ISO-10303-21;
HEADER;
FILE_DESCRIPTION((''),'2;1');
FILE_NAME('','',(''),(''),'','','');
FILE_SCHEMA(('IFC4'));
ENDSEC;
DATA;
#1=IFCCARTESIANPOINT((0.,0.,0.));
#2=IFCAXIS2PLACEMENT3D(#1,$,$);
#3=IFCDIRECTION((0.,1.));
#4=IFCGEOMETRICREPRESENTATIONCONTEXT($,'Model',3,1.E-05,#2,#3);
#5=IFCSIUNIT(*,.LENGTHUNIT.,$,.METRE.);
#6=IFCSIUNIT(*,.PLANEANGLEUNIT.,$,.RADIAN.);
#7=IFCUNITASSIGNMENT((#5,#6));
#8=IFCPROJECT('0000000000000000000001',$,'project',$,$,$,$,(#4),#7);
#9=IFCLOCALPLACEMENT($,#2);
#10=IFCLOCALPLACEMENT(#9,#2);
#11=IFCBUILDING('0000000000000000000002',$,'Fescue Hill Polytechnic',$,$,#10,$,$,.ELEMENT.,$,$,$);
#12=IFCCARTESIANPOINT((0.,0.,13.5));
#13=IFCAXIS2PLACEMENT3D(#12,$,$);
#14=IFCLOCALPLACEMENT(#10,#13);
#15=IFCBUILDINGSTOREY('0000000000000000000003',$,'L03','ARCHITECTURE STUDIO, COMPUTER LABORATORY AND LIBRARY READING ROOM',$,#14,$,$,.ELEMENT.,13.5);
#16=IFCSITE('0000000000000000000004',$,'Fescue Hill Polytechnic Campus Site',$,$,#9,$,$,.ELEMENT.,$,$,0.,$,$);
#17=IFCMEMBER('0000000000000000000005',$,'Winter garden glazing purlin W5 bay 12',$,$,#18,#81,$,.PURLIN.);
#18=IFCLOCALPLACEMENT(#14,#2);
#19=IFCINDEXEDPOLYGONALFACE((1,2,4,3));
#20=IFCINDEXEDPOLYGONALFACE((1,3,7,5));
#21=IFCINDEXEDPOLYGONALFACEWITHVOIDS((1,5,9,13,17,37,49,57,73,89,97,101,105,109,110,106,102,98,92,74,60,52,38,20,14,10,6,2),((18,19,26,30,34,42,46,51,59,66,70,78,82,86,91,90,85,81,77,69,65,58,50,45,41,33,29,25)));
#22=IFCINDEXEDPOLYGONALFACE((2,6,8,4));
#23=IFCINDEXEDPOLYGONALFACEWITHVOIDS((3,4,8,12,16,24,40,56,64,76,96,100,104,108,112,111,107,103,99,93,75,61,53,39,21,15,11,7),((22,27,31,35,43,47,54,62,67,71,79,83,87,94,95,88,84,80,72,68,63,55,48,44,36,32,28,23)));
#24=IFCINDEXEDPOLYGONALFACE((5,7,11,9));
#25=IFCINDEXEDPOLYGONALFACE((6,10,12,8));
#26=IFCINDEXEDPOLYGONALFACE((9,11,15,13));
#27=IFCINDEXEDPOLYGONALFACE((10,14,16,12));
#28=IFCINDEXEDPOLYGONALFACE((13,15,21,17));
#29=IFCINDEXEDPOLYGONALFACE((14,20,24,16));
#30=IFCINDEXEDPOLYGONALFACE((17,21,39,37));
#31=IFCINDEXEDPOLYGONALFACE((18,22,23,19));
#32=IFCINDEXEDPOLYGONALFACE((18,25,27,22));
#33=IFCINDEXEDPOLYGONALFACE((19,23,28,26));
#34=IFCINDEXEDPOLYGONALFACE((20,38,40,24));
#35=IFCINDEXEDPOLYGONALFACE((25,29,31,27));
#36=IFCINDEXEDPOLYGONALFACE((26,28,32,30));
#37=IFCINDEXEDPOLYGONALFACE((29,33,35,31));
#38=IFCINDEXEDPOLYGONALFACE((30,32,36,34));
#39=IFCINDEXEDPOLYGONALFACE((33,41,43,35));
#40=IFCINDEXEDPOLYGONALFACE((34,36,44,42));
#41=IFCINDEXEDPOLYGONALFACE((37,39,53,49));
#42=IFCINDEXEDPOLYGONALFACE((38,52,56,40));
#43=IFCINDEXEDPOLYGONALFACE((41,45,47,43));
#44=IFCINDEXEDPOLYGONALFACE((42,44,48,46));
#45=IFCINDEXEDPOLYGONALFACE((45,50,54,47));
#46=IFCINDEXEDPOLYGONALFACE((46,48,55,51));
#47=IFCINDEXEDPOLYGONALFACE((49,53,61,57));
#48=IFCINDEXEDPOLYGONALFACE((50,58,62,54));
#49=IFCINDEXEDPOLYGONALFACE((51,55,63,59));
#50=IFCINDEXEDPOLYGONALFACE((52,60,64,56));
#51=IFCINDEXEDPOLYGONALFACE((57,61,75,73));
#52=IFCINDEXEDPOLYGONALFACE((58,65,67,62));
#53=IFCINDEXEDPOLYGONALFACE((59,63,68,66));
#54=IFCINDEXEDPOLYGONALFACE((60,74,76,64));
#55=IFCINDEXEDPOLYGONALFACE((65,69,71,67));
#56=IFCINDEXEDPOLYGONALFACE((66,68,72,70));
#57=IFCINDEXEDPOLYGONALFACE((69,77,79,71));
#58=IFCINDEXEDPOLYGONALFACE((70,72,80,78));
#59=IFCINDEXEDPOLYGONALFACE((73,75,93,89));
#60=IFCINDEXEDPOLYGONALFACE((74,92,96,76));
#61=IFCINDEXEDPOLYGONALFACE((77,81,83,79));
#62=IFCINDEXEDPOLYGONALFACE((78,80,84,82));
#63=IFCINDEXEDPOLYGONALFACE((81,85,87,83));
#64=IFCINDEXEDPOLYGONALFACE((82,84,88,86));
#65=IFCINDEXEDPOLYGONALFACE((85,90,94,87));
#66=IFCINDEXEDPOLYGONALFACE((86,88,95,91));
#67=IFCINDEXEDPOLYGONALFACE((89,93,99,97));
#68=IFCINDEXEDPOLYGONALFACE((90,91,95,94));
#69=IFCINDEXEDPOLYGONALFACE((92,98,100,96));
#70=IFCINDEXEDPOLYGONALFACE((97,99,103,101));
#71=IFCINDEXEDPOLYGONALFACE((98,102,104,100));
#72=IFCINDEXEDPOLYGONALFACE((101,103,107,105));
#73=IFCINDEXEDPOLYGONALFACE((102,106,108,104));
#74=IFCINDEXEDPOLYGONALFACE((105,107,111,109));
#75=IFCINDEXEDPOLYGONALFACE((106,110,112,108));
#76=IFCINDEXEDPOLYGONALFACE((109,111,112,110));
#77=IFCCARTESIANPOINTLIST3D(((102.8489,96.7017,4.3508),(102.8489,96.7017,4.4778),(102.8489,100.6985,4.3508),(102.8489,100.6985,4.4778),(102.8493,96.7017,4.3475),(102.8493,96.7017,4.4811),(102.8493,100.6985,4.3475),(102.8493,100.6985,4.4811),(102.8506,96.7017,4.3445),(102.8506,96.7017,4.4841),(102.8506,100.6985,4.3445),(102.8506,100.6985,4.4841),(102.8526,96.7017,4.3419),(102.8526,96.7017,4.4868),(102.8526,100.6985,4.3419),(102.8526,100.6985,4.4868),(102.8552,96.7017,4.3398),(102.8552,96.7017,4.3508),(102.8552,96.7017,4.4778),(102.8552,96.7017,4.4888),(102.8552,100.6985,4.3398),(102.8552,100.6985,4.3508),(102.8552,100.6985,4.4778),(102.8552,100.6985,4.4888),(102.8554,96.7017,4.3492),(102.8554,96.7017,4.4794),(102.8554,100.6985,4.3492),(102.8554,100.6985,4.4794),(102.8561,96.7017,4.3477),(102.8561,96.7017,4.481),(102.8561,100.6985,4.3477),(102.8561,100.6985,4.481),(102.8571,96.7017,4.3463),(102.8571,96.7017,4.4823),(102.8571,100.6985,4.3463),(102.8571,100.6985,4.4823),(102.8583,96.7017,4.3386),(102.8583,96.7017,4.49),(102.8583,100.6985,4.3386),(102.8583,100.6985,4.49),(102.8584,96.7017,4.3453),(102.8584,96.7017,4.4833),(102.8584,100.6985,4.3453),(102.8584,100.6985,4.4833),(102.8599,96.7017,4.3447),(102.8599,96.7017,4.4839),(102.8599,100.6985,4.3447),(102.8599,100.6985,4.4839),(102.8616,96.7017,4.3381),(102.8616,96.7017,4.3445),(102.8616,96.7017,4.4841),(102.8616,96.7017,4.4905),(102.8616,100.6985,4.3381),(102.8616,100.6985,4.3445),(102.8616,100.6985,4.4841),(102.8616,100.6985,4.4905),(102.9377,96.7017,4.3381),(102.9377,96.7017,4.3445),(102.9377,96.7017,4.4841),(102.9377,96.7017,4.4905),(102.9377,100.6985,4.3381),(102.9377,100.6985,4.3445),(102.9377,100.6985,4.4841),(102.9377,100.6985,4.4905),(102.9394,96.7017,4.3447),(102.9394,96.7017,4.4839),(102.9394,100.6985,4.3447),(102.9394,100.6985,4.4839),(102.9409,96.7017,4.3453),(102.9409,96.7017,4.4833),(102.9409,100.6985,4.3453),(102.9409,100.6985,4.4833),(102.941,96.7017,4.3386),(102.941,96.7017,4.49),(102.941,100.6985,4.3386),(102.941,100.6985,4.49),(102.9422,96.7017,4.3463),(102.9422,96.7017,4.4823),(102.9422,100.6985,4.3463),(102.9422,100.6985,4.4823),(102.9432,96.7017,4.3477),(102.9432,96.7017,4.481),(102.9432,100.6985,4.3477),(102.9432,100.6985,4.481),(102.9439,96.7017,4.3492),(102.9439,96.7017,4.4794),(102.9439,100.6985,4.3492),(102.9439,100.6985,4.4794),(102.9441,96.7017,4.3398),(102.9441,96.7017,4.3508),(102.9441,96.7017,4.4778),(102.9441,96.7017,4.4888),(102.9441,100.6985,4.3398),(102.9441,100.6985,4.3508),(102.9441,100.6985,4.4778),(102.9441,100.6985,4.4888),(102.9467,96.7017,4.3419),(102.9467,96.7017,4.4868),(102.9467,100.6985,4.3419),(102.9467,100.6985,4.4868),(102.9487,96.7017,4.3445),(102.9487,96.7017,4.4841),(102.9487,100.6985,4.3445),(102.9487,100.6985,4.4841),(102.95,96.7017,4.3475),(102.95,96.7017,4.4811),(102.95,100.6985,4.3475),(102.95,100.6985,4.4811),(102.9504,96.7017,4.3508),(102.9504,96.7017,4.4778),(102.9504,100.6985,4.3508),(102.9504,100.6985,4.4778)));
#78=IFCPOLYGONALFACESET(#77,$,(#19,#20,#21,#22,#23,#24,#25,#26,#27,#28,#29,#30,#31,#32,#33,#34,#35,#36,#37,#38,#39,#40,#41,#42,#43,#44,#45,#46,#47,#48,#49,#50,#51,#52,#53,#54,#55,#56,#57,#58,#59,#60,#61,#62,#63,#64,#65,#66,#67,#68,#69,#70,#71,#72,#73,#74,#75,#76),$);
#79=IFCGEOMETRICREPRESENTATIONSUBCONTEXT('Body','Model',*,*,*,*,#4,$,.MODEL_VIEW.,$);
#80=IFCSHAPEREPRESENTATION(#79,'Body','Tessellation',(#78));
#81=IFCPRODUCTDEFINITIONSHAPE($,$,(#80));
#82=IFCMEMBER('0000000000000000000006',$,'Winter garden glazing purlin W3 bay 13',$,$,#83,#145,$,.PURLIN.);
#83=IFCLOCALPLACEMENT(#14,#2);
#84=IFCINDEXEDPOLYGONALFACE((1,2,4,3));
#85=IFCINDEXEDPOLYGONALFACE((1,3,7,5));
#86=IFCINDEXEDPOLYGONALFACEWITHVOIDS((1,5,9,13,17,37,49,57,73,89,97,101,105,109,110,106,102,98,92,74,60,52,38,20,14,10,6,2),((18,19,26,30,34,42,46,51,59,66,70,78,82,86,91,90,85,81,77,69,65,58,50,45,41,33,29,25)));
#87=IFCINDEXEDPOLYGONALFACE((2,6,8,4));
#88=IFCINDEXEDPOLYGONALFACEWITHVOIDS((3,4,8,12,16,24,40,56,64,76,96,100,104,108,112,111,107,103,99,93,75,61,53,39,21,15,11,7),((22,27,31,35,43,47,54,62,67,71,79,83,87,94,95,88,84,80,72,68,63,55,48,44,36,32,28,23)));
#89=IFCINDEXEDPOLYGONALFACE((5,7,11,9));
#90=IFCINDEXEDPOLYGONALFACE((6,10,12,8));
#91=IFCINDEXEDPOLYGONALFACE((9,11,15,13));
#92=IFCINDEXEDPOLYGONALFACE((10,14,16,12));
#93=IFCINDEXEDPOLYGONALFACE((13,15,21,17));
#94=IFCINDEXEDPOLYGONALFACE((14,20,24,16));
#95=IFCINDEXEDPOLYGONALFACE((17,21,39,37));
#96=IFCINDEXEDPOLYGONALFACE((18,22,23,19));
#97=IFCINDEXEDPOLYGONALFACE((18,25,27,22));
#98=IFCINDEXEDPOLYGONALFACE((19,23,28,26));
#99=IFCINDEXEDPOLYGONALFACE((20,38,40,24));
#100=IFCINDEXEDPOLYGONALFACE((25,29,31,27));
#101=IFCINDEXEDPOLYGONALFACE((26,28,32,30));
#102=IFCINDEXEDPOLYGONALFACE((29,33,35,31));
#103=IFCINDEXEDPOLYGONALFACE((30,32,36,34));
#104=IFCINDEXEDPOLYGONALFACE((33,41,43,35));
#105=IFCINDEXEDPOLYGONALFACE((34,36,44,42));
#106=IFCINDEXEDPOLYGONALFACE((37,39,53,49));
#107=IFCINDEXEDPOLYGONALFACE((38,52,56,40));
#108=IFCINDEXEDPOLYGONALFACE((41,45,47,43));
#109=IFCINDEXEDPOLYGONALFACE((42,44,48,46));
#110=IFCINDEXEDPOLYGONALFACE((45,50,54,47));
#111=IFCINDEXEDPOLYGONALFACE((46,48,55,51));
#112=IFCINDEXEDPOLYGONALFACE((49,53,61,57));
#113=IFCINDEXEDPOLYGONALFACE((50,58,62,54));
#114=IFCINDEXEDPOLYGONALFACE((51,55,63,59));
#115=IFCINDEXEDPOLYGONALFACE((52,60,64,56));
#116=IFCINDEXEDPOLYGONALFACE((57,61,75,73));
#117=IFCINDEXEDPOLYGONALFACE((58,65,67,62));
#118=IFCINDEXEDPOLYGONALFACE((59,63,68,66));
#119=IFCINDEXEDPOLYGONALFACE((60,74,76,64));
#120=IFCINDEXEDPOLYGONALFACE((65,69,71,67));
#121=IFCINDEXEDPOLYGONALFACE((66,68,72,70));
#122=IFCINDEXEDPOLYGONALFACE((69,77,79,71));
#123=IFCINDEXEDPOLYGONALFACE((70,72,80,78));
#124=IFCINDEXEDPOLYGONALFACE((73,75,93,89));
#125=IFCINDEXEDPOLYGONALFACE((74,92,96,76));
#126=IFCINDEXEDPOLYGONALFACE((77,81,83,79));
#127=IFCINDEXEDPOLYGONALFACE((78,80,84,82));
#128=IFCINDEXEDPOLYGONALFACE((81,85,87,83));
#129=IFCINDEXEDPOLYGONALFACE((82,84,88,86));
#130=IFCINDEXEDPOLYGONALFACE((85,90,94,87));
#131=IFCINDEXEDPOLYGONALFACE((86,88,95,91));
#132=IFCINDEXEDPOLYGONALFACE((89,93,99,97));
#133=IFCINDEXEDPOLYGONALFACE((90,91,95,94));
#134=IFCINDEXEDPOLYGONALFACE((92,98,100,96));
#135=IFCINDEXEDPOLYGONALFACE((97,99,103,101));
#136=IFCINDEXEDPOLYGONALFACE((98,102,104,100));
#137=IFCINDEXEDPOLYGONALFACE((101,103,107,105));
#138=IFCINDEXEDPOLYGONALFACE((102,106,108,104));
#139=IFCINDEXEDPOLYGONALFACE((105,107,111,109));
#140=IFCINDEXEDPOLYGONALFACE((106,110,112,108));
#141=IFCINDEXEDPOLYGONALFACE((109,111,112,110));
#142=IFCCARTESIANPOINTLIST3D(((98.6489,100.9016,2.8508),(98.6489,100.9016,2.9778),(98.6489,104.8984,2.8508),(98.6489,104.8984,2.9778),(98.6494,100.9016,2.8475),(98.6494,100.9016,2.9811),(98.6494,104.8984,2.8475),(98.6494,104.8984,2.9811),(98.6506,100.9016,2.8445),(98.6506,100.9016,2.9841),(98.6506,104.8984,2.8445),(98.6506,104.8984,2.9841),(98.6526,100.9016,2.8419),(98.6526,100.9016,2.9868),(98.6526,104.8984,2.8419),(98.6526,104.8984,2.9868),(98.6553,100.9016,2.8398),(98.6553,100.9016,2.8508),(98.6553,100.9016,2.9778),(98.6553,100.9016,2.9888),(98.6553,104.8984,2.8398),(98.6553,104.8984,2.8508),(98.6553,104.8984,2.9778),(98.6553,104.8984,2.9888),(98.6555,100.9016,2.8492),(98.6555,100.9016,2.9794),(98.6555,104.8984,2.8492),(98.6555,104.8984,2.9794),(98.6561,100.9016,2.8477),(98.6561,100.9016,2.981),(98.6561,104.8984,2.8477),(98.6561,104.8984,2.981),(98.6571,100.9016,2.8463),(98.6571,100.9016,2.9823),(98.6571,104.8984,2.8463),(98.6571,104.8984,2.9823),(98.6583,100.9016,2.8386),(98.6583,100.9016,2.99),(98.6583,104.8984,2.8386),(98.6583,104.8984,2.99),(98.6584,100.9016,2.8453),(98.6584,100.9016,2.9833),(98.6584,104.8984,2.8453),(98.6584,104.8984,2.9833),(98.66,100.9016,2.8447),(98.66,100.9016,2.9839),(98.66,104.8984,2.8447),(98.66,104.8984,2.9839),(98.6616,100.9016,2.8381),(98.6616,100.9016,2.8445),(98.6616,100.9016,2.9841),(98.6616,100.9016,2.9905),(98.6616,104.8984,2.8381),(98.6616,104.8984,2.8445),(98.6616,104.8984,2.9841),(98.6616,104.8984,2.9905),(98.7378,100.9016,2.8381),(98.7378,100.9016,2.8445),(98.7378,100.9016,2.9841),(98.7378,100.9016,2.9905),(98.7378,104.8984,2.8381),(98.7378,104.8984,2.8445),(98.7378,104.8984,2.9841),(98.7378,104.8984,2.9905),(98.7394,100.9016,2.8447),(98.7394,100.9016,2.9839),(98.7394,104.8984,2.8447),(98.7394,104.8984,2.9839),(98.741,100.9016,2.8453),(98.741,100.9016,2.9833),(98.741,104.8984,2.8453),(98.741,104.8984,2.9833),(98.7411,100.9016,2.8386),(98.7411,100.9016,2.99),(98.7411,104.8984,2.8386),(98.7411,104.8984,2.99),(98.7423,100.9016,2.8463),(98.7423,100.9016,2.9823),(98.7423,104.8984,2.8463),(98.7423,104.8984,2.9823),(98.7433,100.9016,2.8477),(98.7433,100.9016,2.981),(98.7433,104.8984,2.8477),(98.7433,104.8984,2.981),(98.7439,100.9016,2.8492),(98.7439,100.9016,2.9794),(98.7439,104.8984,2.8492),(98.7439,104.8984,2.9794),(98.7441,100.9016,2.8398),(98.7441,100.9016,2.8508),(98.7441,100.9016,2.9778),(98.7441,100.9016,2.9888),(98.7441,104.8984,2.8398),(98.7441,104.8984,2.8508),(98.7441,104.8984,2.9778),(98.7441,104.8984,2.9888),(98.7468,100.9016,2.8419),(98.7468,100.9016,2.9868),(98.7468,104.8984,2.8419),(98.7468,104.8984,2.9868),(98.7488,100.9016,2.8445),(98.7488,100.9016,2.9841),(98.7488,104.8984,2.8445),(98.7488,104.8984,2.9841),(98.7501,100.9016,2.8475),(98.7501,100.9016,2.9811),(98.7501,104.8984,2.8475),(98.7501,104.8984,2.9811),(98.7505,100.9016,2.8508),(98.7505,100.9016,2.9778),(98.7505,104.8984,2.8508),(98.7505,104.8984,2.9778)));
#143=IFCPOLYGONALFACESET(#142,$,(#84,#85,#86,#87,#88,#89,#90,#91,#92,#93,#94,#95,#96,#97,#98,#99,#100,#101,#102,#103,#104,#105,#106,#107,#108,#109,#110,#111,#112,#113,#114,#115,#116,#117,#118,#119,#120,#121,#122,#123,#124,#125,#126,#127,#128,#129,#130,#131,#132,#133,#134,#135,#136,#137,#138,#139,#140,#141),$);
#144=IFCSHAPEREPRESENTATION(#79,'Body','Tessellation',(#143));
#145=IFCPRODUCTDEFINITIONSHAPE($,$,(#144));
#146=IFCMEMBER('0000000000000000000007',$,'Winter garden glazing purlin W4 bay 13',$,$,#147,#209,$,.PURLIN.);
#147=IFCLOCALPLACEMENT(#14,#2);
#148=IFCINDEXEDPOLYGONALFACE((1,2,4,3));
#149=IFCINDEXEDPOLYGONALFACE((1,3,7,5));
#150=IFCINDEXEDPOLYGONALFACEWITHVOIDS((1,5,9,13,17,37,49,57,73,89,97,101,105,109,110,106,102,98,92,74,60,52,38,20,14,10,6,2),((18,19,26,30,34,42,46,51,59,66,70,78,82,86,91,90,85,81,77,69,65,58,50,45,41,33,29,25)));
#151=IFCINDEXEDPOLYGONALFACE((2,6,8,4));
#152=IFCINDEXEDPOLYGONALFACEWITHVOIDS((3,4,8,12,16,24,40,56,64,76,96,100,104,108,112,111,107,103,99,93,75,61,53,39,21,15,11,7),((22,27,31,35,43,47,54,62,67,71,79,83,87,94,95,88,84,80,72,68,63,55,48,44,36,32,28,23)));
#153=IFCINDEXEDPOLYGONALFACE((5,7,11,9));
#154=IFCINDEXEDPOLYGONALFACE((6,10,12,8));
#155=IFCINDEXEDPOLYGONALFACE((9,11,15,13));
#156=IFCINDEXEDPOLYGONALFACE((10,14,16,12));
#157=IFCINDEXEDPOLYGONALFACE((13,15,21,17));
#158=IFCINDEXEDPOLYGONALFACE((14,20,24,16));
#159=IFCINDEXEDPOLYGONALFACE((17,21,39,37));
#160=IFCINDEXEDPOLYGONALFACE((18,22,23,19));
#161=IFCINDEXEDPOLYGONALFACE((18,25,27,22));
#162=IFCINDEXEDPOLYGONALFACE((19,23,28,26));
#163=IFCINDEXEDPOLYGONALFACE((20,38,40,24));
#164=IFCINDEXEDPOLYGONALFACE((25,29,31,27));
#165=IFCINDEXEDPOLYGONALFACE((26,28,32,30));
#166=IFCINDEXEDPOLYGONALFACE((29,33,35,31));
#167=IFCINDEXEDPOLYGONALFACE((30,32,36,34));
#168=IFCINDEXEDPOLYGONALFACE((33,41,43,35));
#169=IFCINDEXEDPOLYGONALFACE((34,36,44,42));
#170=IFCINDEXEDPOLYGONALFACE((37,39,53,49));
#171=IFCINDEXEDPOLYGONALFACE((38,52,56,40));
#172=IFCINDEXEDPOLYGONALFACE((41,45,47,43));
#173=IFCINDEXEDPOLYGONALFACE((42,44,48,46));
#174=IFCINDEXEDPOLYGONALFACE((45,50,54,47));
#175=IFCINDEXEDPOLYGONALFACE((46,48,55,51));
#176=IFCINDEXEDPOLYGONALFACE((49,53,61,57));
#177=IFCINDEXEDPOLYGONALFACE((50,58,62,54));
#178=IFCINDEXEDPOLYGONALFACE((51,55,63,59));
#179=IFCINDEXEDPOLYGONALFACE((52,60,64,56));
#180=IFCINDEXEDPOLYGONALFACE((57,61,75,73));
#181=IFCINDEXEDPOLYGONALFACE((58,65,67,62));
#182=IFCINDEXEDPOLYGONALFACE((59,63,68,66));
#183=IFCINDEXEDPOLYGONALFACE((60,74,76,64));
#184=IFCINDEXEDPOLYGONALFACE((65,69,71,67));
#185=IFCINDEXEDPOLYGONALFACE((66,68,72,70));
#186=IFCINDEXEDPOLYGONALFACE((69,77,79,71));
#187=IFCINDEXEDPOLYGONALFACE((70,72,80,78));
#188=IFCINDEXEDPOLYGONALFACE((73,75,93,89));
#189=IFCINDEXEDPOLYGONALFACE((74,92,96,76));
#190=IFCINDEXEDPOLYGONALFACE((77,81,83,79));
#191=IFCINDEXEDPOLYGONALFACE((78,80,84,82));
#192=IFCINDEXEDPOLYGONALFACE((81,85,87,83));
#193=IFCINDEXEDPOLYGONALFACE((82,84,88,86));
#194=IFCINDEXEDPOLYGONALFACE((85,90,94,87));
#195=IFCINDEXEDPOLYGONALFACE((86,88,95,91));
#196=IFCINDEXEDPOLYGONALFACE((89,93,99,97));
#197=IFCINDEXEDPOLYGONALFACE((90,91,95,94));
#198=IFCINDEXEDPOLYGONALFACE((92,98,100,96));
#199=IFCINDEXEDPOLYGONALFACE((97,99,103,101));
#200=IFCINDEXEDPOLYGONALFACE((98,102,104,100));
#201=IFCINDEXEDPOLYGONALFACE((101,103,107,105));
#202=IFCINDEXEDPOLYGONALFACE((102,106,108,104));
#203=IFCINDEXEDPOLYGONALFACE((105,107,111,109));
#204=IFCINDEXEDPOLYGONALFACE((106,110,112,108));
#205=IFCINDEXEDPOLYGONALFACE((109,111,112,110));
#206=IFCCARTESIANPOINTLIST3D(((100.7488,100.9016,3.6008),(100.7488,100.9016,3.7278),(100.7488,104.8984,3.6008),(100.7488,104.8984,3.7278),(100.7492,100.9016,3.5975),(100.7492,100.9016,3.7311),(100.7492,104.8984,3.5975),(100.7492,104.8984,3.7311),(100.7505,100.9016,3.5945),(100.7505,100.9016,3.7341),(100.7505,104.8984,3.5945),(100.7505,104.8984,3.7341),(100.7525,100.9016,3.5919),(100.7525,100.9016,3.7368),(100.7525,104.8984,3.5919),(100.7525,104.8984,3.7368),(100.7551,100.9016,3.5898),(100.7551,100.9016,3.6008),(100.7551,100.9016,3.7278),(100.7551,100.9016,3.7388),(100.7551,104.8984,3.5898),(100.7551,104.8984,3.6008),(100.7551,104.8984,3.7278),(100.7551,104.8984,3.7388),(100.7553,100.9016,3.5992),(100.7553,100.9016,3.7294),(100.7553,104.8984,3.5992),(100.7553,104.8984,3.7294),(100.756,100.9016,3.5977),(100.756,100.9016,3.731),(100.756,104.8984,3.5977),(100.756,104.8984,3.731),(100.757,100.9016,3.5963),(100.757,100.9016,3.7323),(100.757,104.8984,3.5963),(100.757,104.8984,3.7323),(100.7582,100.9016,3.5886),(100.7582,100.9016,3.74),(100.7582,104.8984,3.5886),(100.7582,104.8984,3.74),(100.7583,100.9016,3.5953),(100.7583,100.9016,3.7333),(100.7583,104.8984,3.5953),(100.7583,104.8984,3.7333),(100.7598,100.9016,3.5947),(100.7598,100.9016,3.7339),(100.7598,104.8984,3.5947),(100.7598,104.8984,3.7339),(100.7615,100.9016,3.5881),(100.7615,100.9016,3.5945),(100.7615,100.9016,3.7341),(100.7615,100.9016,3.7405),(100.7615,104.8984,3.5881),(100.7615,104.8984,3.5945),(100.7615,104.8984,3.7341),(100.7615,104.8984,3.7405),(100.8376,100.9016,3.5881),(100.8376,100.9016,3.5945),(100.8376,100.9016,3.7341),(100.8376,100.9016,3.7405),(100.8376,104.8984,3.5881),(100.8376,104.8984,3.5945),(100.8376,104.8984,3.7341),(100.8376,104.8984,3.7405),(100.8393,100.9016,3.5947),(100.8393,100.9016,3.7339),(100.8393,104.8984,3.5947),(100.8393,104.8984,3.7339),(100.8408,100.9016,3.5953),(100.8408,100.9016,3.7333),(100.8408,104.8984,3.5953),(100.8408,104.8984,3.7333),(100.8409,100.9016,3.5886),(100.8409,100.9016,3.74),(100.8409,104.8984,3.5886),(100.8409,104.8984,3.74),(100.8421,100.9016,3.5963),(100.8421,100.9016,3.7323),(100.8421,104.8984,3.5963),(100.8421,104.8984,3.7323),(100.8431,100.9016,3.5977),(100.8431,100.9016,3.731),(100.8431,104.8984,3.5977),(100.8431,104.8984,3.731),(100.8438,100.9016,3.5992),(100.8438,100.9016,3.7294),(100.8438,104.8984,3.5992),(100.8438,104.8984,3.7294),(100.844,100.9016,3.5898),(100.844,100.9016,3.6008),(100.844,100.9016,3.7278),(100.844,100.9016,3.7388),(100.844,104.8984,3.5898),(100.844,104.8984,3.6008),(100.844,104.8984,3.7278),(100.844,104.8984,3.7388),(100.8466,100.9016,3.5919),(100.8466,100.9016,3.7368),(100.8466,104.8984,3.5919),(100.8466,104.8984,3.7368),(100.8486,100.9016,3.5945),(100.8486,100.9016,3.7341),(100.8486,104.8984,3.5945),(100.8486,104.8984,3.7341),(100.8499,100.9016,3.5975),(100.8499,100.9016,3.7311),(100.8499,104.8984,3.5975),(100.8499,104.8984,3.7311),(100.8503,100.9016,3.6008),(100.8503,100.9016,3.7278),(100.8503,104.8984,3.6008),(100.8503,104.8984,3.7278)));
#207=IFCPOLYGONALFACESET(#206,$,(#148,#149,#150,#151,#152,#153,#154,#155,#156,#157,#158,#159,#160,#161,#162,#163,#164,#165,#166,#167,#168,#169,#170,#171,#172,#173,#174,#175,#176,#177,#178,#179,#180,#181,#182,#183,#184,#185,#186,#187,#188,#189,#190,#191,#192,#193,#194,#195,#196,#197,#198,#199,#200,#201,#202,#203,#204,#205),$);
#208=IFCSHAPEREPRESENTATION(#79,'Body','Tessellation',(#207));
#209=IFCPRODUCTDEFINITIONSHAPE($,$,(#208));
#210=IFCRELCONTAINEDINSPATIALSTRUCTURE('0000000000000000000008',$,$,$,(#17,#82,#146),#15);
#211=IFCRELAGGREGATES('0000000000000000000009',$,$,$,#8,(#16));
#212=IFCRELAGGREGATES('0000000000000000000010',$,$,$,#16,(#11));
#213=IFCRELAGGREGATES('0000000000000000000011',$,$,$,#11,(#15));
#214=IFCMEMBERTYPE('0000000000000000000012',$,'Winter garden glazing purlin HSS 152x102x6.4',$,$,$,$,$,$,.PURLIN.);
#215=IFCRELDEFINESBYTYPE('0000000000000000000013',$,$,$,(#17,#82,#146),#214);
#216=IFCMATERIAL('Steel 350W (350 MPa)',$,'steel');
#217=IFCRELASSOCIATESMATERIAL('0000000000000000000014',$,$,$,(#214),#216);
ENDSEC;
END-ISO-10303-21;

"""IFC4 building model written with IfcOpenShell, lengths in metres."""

from ifc_helpers import new_model, si_unit, direction, frame, origin, origin_2d, place, context, subcontext, project, spatial, hollow_rectangle, extrude, material, material_profile, profile_set, type_object, element, save


model = new_model("IFC4")

# Units and contexts
model_context = context("Model", 3, precision=1e-05, world=origin(), true_north=direction((0.0, 1.0)))
body_context = subcontext(model_context, "Body", "Model", "MODEL_VIEW")
ifc_project = project(units=[si_unit("LENGTHUNIT", "METRE"), si_unit("PLANEANGLEUNIT", "RADIAN")], contexts=[model_context])

# Site, building, storey
site_placement = place(None, origin())
site = spatial("IfcSite", under=ifc_project, at=site_placement, Name="Fescue Hill Polytechnic Campus Site", CompositionType="ELEMENT", RefElevation=0.0)
building_placement = place(site_placement, origin())
building = spatial("IfcBuilding", under=site, at=building_placement, Name="Fescue Hill Polytechnic", CompositionType="ELEMENT")
storey_placement = place(building_placement, frame((0.0, 0.0, 13.5)))
storey = spatial("IfcBuildingStorey", under=building, at=storey_placement, Name="L03", Description="ARCHITECTURE STUDIO, COMPUTER LABORATORY AND LIBRARY READING ROOM", CompositionType="ELEMENT", Elevation=13.5)

# Members
ifc_material_1 = material(Name="Steel 350W (350 MPa)", Category="steel")
ifc_material_profile_1 = material_profile(ifc_material_1, hollow_rectangle(XDim=0.1016, YDim=0.1523, WallThickness=0.0063, InnerFilletRadius=0.0063, OuterFilletRadius=0.0127, at=origin_2d()), Name="Winter garden glazing purlin HSS 152x102x6.4")
ifc_profile_set_1 = profile_set([ifc_material_profile_1], Name="Steel 350W (350 MPa)")
member_type_1 = type_object("IfcMemberType", Name="Winter garden glazing purlin HSS 152x102x6.4", PredefinedType="PURLIN", material=ifc_profile_set_1)
for number, where, z_axis, x_axis, name in (
    (1, (102.8997, 96.7017, 4.4143), (0.0, 1.0, 0.0), (-1.0, 0.0, 0.0), "Winter garden glazing purlin W5 bay 12"),
    (2, (98.6997, 100.9016, 2.9143), (0.0, 1.0, 0.0), (-1.0, 0.0, 0.0), "Winter garden glazing purlin W3 bay 13"),
    (3, (100.7996, 100.9016, 3.6643), (0.0, 1.0, 0.0), (-1.0, 0.0, 0.0), "Winter garden glazing purlin W4 bay 13"),
):
    element("IfcMember", number, at=place(storey_placement, frame(where, z_axis=z_axis, x_axis=x_axis)), inside=storey, type_object=member_type_1, Name=name, PredefinedType="PURLIN", context=body_context, shape_type="SweptSolid", body=[
        extrude(hollow_rectangle(XDim=0.1016, YDim=0.1523, WallThickness=0.0063, InnerFilletRadius=0.0063, OuterFilletRadius=0.0127, at=origin_2d()), origin(), (0.0, 0.0, 1.0), 3.9968),
    ])

save(model, "model.ifc")
